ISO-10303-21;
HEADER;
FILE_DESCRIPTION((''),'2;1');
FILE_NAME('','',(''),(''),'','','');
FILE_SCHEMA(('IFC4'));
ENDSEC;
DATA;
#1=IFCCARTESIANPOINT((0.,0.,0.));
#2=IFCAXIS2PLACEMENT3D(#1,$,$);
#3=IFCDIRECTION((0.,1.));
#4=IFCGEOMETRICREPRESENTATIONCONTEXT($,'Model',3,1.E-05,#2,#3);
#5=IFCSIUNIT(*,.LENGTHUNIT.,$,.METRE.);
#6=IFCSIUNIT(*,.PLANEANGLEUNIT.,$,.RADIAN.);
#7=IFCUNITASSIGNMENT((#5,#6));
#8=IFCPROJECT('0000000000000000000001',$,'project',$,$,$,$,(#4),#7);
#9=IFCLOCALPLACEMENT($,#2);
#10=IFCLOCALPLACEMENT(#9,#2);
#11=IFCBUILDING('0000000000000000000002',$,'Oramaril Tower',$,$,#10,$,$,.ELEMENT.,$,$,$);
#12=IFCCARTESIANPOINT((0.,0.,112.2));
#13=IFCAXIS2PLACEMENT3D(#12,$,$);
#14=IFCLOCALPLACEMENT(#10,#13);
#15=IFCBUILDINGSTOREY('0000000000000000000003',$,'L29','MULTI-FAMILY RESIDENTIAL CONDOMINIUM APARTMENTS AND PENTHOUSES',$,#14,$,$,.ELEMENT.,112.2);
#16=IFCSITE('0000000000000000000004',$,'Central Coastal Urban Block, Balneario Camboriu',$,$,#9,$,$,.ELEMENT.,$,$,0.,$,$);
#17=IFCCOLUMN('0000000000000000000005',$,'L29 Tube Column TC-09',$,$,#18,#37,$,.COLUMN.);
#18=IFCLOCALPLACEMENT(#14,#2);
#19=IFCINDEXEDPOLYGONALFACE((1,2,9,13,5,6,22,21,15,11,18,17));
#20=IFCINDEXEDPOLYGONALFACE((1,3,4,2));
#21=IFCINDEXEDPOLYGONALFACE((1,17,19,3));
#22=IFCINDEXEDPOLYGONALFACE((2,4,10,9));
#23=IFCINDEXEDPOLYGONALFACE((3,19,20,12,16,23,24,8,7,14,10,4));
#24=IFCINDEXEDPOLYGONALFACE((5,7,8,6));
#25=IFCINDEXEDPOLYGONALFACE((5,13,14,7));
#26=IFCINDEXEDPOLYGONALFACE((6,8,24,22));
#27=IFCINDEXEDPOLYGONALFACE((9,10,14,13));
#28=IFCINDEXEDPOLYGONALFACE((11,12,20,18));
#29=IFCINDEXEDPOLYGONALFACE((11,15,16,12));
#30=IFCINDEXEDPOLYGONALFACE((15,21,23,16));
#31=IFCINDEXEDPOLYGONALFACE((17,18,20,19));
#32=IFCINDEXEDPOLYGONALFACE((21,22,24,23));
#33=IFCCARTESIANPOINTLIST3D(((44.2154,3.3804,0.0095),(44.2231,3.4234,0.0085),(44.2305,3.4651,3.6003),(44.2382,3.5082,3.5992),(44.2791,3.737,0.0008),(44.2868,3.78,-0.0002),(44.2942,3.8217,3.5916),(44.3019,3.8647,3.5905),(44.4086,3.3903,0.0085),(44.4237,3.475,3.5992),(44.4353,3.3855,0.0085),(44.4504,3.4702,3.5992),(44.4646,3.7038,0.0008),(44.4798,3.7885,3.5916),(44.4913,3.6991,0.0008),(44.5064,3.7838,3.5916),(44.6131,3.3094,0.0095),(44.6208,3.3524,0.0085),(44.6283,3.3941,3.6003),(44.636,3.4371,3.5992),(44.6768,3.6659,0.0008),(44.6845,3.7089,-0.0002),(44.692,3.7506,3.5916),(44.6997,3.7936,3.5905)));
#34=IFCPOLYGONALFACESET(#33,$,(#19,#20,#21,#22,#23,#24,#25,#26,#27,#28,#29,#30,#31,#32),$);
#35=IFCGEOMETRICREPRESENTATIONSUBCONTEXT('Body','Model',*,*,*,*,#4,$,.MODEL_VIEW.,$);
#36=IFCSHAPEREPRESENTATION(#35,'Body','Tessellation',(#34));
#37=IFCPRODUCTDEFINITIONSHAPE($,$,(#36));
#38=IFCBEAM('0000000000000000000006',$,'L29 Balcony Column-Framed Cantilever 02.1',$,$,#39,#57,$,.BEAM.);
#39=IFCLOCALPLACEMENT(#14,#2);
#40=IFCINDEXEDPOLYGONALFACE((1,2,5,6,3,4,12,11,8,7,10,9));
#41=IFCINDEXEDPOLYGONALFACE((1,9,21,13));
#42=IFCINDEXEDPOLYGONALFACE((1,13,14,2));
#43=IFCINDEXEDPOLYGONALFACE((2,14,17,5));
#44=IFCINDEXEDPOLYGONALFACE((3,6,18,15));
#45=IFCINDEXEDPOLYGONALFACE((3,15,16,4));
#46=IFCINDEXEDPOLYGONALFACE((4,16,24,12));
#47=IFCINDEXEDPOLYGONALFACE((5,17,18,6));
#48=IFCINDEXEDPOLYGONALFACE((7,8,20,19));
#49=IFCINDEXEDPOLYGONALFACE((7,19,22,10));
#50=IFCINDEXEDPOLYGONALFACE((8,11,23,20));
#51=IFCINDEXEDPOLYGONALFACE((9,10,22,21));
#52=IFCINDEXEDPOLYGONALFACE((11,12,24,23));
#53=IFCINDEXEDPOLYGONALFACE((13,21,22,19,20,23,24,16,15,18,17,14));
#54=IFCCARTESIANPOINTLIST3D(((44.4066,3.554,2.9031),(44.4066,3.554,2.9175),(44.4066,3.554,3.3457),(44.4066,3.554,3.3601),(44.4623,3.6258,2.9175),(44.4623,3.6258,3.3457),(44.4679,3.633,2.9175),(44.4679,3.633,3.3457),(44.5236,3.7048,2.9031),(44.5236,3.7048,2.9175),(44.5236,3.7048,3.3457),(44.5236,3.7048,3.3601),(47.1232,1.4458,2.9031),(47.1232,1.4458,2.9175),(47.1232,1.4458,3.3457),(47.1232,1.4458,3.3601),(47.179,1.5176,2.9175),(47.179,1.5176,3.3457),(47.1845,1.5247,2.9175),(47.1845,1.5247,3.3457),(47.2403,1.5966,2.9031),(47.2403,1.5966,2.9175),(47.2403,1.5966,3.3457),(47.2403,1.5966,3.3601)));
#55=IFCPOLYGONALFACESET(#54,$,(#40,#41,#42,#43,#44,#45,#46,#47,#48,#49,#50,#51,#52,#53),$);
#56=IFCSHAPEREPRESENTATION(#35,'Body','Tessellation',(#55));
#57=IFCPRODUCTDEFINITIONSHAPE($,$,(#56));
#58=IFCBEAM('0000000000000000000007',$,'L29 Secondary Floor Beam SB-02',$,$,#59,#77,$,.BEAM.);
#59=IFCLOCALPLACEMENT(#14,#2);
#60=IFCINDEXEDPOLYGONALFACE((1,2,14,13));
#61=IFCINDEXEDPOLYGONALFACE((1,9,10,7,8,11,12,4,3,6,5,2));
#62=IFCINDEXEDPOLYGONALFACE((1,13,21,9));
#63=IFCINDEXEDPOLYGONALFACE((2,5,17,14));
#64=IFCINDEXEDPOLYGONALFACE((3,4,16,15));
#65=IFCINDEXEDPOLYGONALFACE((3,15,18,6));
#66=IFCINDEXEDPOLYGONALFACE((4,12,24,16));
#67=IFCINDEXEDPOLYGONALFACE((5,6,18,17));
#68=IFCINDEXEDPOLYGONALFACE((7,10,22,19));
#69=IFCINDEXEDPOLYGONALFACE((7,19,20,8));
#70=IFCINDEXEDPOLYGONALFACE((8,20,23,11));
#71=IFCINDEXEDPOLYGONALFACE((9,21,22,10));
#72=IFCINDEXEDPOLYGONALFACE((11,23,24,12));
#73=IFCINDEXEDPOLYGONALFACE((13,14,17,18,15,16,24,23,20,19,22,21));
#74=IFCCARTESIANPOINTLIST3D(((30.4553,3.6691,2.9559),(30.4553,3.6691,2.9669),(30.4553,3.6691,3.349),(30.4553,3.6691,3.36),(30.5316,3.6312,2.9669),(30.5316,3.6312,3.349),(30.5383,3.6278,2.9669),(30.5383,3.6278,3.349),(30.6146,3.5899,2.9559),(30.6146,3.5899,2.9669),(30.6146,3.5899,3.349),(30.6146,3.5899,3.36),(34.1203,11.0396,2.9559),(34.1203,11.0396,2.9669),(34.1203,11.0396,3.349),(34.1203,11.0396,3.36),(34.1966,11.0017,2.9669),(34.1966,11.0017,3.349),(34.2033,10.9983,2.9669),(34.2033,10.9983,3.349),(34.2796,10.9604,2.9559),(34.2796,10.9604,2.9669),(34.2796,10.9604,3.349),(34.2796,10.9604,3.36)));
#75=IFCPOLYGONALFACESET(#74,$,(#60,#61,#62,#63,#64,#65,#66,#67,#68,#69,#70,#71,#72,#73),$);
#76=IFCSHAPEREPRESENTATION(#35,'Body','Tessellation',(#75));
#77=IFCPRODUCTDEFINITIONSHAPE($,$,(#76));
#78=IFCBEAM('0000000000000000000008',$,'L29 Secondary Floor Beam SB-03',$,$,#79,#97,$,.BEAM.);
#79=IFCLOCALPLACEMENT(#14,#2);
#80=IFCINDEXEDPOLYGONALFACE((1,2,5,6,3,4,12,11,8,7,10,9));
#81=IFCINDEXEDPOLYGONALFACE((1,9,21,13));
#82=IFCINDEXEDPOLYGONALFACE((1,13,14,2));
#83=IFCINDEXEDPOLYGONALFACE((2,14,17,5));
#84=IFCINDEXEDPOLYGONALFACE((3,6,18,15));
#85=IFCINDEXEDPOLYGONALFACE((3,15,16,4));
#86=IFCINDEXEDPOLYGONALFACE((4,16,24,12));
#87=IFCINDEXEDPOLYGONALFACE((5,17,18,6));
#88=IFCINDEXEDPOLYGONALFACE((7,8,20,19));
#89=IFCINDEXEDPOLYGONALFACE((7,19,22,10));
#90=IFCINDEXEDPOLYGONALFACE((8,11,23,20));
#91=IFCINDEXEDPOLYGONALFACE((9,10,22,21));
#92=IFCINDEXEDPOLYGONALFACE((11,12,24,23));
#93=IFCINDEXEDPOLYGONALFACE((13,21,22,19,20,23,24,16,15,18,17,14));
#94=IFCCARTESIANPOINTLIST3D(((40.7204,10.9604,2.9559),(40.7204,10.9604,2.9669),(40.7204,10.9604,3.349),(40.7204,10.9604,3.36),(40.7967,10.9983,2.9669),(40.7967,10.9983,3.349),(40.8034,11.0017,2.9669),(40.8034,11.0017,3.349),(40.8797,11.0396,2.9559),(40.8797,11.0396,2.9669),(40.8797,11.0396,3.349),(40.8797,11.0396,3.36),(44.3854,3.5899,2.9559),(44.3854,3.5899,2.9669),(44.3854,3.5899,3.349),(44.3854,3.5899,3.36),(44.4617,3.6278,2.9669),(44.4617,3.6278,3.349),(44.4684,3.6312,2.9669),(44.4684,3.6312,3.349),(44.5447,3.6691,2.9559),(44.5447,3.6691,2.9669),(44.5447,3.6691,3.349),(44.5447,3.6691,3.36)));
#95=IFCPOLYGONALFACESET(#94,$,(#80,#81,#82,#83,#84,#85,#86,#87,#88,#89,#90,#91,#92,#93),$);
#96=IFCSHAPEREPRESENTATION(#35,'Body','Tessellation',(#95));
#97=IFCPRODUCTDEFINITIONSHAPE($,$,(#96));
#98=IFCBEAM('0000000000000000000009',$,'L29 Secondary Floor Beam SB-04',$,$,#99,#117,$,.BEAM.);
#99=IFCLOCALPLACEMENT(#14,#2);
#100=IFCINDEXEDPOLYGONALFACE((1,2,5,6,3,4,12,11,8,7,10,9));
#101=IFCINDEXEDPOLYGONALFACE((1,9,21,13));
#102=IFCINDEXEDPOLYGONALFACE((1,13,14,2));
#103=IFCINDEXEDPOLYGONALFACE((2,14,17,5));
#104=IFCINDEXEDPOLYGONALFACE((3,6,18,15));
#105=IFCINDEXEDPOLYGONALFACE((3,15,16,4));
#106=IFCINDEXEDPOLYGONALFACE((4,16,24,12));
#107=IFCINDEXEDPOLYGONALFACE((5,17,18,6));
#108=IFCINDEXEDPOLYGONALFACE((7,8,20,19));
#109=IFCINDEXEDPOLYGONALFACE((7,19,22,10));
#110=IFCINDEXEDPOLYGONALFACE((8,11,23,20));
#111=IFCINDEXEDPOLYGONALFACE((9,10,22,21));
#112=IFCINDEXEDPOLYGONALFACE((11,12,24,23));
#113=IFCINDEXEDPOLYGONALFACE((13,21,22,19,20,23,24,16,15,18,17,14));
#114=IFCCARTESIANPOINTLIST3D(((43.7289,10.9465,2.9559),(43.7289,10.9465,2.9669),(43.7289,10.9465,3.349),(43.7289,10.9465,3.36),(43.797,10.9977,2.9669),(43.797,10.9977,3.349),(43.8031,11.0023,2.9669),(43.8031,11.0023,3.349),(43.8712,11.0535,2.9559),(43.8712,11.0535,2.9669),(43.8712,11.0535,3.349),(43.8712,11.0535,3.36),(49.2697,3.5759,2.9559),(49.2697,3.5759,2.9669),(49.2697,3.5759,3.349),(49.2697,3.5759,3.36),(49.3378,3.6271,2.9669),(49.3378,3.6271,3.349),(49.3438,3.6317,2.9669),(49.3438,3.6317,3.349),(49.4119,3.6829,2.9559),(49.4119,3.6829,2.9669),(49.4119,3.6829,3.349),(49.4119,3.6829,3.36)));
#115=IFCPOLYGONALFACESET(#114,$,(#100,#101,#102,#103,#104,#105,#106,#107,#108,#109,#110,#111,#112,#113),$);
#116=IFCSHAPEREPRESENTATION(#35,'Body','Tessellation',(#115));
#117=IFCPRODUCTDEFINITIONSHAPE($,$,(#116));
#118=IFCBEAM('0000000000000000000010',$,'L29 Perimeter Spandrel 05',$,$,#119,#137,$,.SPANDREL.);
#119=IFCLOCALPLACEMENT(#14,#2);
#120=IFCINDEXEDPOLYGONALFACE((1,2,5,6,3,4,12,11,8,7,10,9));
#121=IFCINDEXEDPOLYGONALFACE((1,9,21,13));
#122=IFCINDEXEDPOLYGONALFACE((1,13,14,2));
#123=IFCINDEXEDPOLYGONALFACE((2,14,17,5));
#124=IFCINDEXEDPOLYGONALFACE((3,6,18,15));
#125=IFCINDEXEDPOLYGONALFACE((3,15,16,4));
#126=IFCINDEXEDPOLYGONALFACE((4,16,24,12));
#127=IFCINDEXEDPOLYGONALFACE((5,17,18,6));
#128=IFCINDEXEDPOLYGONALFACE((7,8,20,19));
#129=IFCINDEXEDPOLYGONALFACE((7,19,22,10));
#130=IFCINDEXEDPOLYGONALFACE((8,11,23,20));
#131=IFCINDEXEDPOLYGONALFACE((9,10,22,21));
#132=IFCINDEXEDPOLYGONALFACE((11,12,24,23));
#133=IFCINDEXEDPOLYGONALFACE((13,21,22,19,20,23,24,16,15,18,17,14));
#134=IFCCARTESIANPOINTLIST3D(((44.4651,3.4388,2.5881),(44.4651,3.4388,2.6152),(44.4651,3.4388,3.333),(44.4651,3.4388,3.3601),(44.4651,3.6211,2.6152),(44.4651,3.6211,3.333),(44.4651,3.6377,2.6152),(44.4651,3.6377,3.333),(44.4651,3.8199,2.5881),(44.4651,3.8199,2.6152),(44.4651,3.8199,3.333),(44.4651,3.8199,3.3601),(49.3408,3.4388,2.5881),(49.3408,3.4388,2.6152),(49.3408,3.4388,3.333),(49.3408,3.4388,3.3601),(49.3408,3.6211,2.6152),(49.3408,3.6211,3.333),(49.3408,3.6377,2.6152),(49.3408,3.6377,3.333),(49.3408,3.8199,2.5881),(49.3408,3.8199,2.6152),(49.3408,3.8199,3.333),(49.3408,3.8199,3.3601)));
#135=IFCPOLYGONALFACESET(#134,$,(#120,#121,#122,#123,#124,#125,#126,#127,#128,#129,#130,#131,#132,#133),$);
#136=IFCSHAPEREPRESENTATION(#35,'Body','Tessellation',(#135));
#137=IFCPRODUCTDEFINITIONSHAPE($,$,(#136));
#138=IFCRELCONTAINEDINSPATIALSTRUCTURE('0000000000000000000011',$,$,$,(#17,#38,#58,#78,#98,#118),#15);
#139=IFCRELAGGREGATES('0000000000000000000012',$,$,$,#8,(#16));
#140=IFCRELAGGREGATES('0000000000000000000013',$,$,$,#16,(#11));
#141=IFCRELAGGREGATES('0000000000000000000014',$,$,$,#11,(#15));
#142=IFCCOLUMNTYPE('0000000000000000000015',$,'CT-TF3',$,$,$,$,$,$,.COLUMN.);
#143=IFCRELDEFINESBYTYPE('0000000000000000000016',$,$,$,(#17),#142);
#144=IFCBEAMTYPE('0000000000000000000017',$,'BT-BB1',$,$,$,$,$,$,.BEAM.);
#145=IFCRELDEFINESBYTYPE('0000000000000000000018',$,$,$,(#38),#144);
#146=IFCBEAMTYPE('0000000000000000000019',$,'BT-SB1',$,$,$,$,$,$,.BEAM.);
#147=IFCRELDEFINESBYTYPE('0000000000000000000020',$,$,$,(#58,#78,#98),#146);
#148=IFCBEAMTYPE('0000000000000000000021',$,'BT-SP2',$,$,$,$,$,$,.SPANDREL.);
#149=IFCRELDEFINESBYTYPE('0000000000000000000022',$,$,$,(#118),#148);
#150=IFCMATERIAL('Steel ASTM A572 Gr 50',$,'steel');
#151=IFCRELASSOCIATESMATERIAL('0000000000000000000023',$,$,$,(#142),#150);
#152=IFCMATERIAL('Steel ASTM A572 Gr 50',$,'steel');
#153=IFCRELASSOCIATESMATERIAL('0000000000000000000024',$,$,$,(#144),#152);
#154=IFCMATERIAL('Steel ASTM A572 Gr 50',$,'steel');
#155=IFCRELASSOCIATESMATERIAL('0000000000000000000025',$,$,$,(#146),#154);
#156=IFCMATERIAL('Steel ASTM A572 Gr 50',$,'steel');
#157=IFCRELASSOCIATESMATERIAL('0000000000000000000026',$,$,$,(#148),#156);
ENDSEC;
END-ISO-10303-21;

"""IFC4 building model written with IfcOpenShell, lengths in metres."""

from ifc_helpers import new_model, si_unit, direction, frame, origin, origin_2d, place, context, subcontext, project, spatial, i_section, extrude, material, material_profile, profile_set, type_object, element, save


model = new_model("IFC4")

# Units and contexts
model_context = context("Model", 3, precision=1e-05, world=origin(), true_north=direction((0.0, 1.0)))
body_context = subcontext(model_context, "Body", "Model", "MODEL_VIEW")
ifc_project = project(units=[si_unit("LENGTHUNIT", "METRE"), si_unit("PLANEANGLEUNIT", "RADIAN")], contexts=[model_context])

# Site, building, storey
site_placement = place(None, origin())
site = spatial("IfcSite", under=ifc_project, at=site_placement, Name="Central Coastal Urban Block, Balneario Camboriu", CompositionType="ELEMENT", RefElevation=0.0)
building_placement = place(site_placement, origin())
building = spatial("IfcBuilding", under=site, at=building_placement, Name="Oramaril Tower", CompositionType="ELEMENT")
storey_placement = place(building_placement, frame((0.0, 0.0, 112.2)))
storey = spatial("IfcBuildingStorey", under=building, at=storey_placement, Name="L29", Description="MULTI-FAMILY RESIDENTIAL CONDOMINIUM APARTMENTS AND PENTHOUSES", CompositionType="ELEMENT", Elevation=112.2)

# Column
ifc_material_1 = material(Name="Steel ASTM A572 Gr 50", Category="steel")
ifc_material_profile_1 = material_profile(ifc_material_1, i_section(OverallWidth=0.4041, OverallDepth=0.406, WebThickness=0.0271, FlangeThickness=0.0437, at=origin_2d()), Name="W14X233")
ifc_profile_set_1 = profile_set([ifc_material_profile_1], Name="Steel ASTM A572 Gr 50")
column_type = type_object("IfcColumnType", Name="CT-TF3", PredefinedType="COLUMN", material=ifc_profile_set_1)
column_placement = place(storey_placement, frame((44.45, 3.5447, 0.0046), z_axis=(0.004214, 0.023586, 0.999713), x_axis=(-0.98441, 0.175889, 0.0)))
element("IfcColumn", 1, at=column_placement, inside=storey, type_object=column_type, Name="L29 Tube Column TC-09", PredefinedType="COLUMN", context=body_context, shape_type="SweptSolid", body=[
    extrude(i_section(OverallWidth=0.4041, OverallDepth=0.406, WebThickness=0.0271, FlangeThickness=0.0437, at=origin_2d()), origin(), (0.0, 0.0, 1.0), 3.5918),
])

# Beams
ifc_material_2 = material(Name="Steel ASTM A572 Gr 50", Category="steel")
ifc_material_profile_2 = material_profile(ifc_material_2, i_section(OverallWidth=0.1909, OverallDepth=0.457, WebThickness=0.009, FlangeThickness=0.0144, at=origin_2d()), Name="W18X50")
ifc_profile_set_2 = profile_set([ifc_material_profile_2], Name="Steel ASTM A572 Gr 50")
beam_type_1 = type_object("IfcBeamType", Name="BT-BB1", PredefinedType="BEAM", material=ifc_profile_set_2)
beam_1_placement = place(storey_placement, frame((44.4651, 3.6294, 3.1316), z_axis=(0.790017, -0.613085, 0.0), x_axis=(0.613085, 0.790017, 0.0)))
element("IfcBeam", 2, at=beam_1_placement, inside=storey, type_object=beam_type_1, Name="L29 Balcony Column-Framed Cantilever 02.1", PredefinedType="BEAM", context=body_context, shape_type="SweptSolid", body=[
    extrude(i_section(OverallWidth=0.1909, OverallDepth=0.457, WebThickness=0.009, FlangeThickness=0.0144, at=origin_2d()), origin(), (0.0, 0.0, 1.0), 3.4387),
])
ifc_material_3 = material(Name="Steel ASTM A572 Gr 50", Category="steel")
ifc_material_profile_3 = material_profile(ifc_material_3, i_section(OverallWidth=0.178, OverallDepth=0.4041, WebThickness=0.0076, FlangeThickness=0.011, at=origin_2d()), Name="W16X36")
ifc_profile_set_3 = profile_set([ifc_material_profile_3], Name="Steel ASTM A572 Gr 50")
beam_type_2 = type_object("IfcBeamType", Name="BT-SB1", PredefinedType="BEAM", material=ifc_profile_set_3)
for number, where, z_axis, x_axis, name in (
    (3, (34.2, 11.0, 3.158), (-0.445243, -0.89541, 0.0), (0.89541, -0.445243, 0.0), "L29 Secondary Floor Beam SB-02"),
    (4, (40.8, 11.0, 3.158), (0.445243, -0.89541, 0.0), (0.89541, 0.445243, 0.0), "L29 Secondary Floor Beam SB-03"),
):
    element("IfcBeam", number, at=place(storey_placement, frame(where, z_axis=z_axis, x_axis=x_axis)), inside=storey, type_object=beam_type_2, Name=name, PredefinedType="BEAM", context=body_context, shape_type="SweptSolid", body=[
        extrude(i_section(OverallWidth=0.178, OverallDepth=0.4041, WebThickness=0.0076, FlangeThickness=0.011, at=origin_2d()), origin(), (0.0, 0.0, 1.0), 8.2314),
    ])
beam_2_placement = place(storey_placement, frame((43.8, 11.0, 3.158), z_axis=(0.600889, -0.799332, 0.0), x_axis=(0.799332, 0.600889, 0.0)))
element("IfcBeam", 5, at=beam_2_placement, inside=storey, type_object=beam_type_2, Name="L29 Secondary Floor Beam SB-04", PredefinedType="BEAM", context=body_context, shape_type="SweptSolid", body=[
    extrude(i_section(OverallWidth=0.178, OverallDepth=0.4041, WebThickness=0.0076, FlangeThickness=0.011, at=origin_2d()), origin(), (0.0, 0.0, 1.0), 9.2209),
])
ifc_material_4 = material(Name="Steel ASTM A572 Gr 50", Category="steel")
ifc_material_profile_4 = material_profile(ifc_material_4, i_section(OverallWidth=0.3811, OverallDepth=0.772, WebThickness=0.0166, FlangeThickness=0.0271, at=origin_2d()), Name="W30X173")
ifc_profile_set_4 = profile_set([ifc_material_profile_4], Name="Steel ASTM A572 Gr 50")
beam_type_3 = type_object("IfcBeamType", Name="BT-SP2", PredefinedType="SPANDREL", material=ifc_profile_set_4)
beam_3_placement = place(storey_placement, frame((44.4651, 3.6294, 2.9741), z_axis=(1.0, 0.0, 0.0), x_axis=(0.0, 1.0, 0.0)))
element("IfcBeam", 6, at=beam_3_placement, inside=storey, type_object=beam_type_3, Name="L29 Perimeter Spandrel 05", PredefinedType="SPANDREL", context=body_context, shape_type="SweptSolid", body=[
    extrude(i_section(OverallWidth=0.3811, OverallDepth=0.772, WebThickness=0.0166, FlangeThickness=0.0271, at=origin_2d()), origin(), (0.0, 0.0, 1.0), 4.8757),
])

save(model, "model.ifc")
